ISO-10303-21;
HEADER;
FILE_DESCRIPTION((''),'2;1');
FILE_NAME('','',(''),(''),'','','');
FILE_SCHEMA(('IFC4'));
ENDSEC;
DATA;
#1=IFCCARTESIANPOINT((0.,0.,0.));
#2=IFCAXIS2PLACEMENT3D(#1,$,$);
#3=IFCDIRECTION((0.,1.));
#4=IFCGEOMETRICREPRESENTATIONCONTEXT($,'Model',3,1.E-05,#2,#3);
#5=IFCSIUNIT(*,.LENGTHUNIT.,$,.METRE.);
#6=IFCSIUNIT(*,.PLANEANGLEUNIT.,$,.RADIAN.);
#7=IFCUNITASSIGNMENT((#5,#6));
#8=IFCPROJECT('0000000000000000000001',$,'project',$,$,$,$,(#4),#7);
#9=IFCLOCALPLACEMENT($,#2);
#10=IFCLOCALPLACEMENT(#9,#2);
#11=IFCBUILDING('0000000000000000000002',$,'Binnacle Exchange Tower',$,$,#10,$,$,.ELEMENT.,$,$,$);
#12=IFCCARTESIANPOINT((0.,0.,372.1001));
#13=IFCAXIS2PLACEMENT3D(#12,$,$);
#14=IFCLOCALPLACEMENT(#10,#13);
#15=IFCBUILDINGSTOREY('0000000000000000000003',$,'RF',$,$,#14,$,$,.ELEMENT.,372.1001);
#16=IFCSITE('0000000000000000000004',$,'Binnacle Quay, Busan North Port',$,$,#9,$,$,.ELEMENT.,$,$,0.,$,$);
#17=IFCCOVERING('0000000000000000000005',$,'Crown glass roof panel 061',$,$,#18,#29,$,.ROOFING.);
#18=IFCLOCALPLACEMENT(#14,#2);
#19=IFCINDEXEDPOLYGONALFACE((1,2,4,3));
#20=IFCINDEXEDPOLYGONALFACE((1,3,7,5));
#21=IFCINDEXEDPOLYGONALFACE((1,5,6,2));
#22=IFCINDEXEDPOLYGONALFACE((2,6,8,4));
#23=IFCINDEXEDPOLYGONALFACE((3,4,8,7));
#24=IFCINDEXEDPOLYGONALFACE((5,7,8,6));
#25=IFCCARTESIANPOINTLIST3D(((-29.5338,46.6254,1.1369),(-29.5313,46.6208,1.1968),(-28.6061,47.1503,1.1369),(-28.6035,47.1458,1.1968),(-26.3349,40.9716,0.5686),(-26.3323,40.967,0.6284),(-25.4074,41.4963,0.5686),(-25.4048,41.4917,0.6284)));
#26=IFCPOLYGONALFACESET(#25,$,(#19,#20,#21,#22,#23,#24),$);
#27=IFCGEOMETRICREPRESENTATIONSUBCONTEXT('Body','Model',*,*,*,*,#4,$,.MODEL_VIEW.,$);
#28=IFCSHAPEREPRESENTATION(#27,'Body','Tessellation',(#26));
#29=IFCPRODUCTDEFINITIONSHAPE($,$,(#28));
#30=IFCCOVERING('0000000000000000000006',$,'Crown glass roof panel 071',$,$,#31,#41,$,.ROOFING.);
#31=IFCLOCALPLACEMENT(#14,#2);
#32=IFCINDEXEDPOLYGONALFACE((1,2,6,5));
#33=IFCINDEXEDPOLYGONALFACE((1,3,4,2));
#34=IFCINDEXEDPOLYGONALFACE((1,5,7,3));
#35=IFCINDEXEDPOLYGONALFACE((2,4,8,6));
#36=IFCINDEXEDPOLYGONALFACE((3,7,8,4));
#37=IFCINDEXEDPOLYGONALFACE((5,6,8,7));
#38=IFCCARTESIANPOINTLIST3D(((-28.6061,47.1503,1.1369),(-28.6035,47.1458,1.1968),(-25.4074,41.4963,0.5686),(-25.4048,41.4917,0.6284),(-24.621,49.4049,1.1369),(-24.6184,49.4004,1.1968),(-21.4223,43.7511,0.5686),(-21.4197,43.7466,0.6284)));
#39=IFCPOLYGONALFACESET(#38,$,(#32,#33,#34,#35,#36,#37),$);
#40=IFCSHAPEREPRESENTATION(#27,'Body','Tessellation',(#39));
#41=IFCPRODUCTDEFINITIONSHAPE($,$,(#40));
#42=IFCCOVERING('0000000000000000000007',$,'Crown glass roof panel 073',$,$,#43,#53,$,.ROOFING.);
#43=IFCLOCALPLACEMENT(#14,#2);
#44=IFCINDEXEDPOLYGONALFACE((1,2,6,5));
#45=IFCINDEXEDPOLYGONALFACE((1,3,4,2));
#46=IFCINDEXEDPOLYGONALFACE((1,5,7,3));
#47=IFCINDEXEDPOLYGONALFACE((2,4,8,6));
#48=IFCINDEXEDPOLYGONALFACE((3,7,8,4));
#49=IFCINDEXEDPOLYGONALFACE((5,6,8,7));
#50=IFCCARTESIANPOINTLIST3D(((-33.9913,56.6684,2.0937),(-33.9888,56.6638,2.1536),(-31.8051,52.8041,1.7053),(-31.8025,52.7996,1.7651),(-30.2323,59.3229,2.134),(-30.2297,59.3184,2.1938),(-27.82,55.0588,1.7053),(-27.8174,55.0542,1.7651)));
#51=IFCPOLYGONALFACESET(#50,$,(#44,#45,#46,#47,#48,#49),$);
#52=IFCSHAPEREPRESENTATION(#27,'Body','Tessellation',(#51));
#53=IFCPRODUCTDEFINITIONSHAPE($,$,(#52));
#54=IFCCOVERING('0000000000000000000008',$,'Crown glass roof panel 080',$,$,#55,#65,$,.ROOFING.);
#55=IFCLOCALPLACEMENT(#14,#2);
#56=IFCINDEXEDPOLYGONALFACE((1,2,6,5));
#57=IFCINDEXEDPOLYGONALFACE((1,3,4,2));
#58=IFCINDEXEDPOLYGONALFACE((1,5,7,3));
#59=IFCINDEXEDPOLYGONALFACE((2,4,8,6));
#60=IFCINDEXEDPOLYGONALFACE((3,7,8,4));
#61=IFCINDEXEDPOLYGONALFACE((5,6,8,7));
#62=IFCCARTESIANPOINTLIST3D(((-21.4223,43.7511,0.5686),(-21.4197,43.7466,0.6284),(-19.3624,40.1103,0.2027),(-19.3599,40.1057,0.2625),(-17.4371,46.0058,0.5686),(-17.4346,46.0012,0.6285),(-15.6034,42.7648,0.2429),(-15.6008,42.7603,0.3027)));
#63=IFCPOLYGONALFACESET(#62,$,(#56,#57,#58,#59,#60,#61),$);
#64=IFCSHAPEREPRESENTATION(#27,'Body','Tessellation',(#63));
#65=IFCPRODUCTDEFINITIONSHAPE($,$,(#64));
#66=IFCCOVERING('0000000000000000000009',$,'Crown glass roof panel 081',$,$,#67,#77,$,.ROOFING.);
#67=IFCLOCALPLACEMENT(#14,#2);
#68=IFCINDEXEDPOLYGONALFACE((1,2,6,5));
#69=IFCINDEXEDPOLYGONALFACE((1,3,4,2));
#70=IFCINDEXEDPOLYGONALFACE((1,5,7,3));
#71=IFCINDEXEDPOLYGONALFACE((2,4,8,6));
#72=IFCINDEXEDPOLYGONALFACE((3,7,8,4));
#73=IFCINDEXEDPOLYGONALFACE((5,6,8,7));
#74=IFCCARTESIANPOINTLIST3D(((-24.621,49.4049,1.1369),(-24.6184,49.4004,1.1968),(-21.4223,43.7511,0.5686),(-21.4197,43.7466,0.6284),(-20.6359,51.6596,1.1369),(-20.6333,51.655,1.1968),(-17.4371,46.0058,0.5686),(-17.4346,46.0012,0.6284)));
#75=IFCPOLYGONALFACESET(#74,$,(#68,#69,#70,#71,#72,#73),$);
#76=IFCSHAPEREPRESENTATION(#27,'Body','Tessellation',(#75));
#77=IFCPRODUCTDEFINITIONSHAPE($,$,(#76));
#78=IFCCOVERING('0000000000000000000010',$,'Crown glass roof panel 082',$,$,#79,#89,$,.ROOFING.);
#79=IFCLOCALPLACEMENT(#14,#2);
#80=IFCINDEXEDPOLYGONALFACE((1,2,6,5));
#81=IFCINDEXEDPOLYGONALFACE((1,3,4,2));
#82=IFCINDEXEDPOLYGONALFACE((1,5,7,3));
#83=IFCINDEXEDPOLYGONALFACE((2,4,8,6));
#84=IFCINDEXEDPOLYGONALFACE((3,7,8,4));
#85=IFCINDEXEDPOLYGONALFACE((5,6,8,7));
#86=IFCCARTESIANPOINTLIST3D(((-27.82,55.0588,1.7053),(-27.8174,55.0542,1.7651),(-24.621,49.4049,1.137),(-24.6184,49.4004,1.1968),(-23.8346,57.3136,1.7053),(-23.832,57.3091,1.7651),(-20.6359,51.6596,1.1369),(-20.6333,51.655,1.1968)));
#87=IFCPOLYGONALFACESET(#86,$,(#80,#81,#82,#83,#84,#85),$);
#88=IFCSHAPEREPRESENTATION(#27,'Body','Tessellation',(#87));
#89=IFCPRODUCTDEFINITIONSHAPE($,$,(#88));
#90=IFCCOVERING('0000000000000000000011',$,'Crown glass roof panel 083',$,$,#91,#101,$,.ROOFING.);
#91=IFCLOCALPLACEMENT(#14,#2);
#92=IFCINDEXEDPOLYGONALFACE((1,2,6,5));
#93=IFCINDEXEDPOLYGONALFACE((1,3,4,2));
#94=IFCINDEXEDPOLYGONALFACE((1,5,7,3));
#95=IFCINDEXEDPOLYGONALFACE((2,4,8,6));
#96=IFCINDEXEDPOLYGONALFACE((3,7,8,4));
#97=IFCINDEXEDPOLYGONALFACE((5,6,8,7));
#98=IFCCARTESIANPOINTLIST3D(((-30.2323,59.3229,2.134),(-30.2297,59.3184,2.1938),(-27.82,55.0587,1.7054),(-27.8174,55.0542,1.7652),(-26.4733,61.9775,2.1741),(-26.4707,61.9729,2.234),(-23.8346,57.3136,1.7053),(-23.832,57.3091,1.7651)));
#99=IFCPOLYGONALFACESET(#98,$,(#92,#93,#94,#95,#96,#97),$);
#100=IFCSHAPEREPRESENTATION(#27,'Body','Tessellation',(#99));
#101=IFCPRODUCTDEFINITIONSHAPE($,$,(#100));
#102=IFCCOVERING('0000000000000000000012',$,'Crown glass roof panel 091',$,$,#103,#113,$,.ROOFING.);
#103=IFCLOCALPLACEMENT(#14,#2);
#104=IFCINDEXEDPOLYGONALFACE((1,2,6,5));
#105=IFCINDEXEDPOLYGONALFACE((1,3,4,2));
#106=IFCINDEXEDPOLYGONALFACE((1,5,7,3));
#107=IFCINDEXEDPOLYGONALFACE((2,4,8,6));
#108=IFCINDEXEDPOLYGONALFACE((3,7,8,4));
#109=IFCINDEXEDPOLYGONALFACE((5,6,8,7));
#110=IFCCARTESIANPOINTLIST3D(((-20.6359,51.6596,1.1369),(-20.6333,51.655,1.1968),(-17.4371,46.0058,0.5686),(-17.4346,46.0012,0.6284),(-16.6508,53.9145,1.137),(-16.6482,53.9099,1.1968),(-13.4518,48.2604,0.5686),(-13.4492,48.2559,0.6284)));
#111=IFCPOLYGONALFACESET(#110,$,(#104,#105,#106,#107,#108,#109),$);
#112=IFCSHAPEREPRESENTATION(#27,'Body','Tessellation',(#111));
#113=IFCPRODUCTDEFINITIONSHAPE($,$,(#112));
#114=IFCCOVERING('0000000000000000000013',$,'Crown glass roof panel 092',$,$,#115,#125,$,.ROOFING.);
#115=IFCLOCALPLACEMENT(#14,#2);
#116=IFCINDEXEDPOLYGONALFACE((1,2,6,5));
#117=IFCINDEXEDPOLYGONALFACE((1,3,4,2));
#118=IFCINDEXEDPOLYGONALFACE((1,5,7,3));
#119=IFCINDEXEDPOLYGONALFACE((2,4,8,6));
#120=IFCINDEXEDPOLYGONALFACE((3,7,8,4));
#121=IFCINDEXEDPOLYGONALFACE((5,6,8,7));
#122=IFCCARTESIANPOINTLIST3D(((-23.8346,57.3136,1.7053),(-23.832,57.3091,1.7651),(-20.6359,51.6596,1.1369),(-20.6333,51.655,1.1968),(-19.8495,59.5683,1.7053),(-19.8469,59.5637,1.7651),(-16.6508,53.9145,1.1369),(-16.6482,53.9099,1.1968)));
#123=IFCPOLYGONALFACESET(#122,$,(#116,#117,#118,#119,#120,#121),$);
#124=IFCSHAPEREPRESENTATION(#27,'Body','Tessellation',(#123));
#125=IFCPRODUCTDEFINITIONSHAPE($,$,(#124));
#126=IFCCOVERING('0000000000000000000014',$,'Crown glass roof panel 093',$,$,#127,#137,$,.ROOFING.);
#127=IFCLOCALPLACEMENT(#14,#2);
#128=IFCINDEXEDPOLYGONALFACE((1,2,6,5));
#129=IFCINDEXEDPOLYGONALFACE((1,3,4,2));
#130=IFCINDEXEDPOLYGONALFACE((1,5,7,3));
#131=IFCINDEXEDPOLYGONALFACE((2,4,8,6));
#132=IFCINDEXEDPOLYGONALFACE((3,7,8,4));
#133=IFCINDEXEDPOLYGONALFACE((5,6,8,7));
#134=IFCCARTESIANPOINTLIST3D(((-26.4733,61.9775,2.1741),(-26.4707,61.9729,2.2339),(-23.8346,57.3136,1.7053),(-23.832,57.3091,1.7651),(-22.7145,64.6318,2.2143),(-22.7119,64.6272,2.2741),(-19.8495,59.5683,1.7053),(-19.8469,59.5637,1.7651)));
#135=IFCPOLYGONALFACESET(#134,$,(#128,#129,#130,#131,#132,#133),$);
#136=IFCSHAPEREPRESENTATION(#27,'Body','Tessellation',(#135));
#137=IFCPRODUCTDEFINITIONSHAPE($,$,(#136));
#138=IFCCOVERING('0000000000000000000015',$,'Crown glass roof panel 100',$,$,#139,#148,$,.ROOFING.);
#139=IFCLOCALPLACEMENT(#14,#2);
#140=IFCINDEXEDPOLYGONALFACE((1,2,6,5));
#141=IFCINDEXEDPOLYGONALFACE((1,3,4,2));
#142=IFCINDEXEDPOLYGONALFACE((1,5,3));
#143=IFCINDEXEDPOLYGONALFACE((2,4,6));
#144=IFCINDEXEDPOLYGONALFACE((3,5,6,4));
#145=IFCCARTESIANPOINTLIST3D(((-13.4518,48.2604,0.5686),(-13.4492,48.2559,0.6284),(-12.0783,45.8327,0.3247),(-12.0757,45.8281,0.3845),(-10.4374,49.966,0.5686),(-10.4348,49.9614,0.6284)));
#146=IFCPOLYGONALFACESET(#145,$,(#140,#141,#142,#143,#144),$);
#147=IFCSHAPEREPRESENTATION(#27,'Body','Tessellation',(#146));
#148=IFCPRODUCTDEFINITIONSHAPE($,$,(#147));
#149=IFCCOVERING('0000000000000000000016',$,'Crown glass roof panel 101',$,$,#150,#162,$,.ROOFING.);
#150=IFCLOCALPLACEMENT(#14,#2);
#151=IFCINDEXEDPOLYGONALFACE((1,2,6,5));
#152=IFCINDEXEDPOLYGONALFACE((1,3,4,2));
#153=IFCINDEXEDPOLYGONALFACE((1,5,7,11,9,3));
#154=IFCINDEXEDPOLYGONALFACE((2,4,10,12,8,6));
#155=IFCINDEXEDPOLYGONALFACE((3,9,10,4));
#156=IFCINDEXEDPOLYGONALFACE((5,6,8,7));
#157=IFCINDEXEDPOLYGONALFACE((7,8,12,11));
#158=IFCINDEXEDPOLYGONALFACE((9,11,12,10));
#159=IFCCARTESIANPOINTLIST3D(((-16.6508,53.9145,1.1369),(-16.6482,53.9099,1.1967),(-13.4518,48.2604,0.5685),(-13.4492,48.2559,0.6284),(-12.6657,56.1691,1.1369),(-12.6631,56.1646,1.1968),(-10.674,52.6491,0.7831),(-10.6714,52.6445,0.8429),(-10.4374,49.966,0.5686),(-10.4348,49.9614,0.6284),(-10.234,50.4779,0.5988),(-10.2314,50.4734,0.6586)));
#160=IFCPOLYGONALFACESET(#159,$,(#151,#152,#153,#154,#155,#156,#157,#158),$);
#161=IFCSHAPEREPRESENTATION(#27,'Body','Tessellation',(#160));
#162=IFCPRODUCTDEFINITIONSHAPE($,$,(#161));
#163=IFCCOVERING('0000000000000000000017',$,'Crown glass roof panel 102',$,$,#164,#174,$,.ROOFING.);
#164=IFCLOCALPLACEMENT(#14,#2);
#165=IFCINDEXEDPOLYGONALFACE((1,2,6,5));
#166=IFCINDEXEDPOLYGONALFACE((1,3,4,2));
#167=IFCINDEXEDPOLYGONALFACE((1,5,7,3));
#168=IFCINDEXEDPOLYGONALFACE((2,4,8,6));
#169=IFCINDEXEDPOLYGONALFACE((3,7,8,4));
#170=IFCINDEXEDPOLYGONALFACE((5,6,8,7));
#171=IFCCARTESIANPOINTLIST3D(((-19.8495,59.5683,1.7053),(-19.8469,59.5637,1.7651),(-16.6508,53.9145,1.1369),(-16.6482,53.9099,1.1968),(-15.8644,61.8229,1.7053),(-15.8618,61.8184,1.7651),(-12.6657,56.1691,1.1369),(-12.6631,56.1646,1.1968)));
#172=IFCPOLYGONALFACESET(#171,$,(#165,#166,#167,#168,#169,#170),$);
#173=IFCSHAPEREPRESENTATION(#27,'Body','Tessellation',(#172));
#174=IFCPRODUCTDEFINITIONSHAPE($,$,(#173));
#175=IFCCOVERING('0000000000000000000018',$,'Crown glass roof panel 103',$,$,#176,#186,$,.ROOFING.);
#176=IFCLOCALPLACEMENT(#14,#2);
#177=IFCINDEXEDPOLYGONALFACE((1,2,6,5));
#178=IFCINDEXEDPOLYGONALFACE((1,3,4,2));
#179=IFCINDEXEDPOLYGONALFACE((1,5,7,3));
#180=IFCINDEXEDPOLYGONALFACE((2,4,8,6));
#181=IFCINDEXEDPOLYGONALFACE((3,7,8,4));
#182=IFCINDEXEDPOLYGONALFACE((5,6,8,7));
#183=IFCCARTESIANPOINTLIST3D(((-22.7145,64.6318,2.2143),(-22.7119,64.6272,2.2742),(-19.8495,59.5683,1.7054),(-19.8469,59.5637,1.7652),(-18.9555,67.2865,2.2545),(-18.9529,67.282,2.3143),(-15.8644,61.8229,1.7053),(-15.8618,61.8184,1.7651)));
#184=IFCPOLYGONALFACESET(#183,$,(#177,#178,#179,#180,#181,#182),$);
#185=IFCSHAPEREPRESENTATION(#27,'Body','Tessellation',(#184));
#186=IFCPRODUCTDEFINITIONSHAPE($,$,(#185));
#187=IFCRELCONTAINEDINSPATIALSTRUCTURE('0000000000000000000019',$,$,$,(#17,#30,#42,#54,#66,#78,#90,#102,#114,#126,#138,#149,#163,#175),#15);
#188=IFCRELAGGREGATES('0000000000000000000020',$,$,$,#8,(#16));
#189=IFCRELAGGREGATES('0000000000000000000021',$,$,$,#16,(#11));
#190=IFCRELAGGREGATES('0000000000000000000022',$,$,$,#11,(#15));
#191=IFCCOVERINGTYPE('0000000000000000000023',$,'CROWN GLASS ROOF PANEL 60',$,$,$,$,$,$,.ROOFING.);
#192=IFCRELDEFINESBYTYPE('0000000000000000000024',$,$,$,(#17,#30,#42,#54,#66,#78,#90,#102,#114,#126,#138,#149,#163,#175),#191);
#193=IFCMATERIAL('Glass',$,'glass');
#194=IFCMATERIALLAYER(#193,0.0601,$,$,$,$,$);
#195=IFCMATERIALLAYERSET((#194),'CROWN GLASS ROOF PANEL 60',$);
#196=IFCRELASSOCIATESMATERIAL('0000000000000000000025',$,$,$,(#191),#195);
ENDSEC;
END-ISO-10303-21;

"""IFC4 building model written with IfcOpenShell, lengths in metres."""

from ifc_helpers import new_model, si_unit, direction, frame, origin, place, context, subcontext, project, spatial, polyline, outline, extrude, material, layer, layer_set, type_object, element, save


model = new_model("IFC4")

# Units and contexts
model_context = context("Model", 3, precision=1e-05, world=origin(), true_north=direction((0.0, 1.0)))
body_context = subcontext(model_context, "Body", "Model", "MODEL_VIEW")
ifc_project = project(units=[si_unit("LENGTHUNIT", "METRE"), si_unit("PLANEANGLEUNIT", "RADIAN")], contexts=[model_context])

# Site, building, storey
site_placement = place(None, origin())
site = spatial("IfcSite", under=ifc_project, at=site_placement, Name="Binnacle Quay, Busan North Port", CompositionType="ELEMENT", RefElevation=0.0)
building_placement = place(site_placement, origin())
building = spatial("IfcBuilding", under=site, at=building_placement, Name="Binnacle Exchange Tower", CompositionType="ELEMENT")
storey_placement = place(building_placement, frame((0.0, 0.0, 372.1001)))
storey = spatial("IfcBuildingStorey", under=building, at=storey_placement, Name="RF", CompositionType="ELEMENT", Elevation=372.1001)

# Coverings
ifc_material_1 = material(Name="Glass", Category="glass")
ifc_layer = layer(ifc_material_1, 0.0601)
ifc_layer_set = layer_set([ifc_layer], Name="CROWN GLASS ROOF PANEL 60")
covering_type = type_object("IfcCoveringType", Name="CROWN GLASS ROOF PANEL 60", PredefinedType="ROOFING", material=ifc_layer_set)
covering_1_placement = place(storey_placement, frame((-28.6035, 47.1458, 1.1968), z_axis=(0.042917, -0.075861, 0.996194), x_axis=(0.490529, -0.867055, -0.087159)))
element("IfcCovering", 1, at=covering_1_placement, inside=storey, type_object=covering_type, Name="Crown glass roof panel 061", PredefinedType="ROOFING", context=body_context, shape_type="SweptSolid", body=[
    extrude(outline(polyline([(0.0, 0.0), (6.521, 0.0), (6.5209, -1.0656), (0.0, -1.0659), (0.0, 0.0)])), origin(), (0.0, 0.0, -1.0), 0.0601),
])
covering_2_placement = place(storey_placement, frame((-28.6035, 47.1458, 1.1968), z_axis=(0.042921, -0.075859, 0.996194), x_axis=(0.870358, 0.492419, -0.000002)))
element("IfcCovering", 2, at=covering_2_placement, inside=storey, type_object=covering_type, Name="Crown glass roof panel 071", PredefinedType="ROOFING", context=body_context, shape_type="SweptSolid", body=[
    extrude(outline(polyline([(0.0, 0.0), (4.5787, 0.0), (4.5787, -6.5208), (-0.0001, -6.521), (0.0, 0.0)])), origin(), (0.0, 0.0, -1.0), 0.0601),
])
covering_3_placement = place(storey_placement, frame((-27.8174, 55.0542, 1.7651), z_axis=(0.042913, -0.075868, 0.996194), x_axis=(-0.870359, -0.492418, -0.00001)))
element("IfcCovering", 3, at=covering_3_placement, inside=storey, type_object=covering_type, Name="Crown glass roof panel 073", PredefinedType="ROOFING", context=body_context, shape_type="SweptSolid", body=[
    extrude(outline(polyline([(0.0, 0.0), (4.5787, 0.0), (4.5787, -4.4568), (-0.0001, -4.918), (0.0, 0.0)])), origin(), (0.0, 0.0, -1.0), 0.0601),
])
covering_4_placement = place(storey_placement, frame((-21.4197, 43.7466, 0.6284), z_axis=(0.042901, -0.075849, 0.996196), x_axis=(0.870359, 0.492418, 0.000011)))
element("IfcCovering", 4, at=covering_4_placement, inside=storey, type_object=covering_type, Name="Crown glass roof panel 080", PredefinedType="ROOFING", context=body_context, shape_type="SweptSolid", body=[
    extrude(outline(polyline([(0.0, 0.0), (4.5787, 0.0), (4.5788, -3.738), (-0.0001, -4.1991), (0.0, 0.0)])), origin(), (0.0, 0.0, -1.0), 0.0601),
])
covering_5_placement = place(storey_placement, frame((-24.6184, 49.4004, 1.1968), z_axis=(0.04292, -0.075862, 0.996194), x_axis=(0.870358, 0.492419, 0.0)))
element("IfcCovering", 5, at=covering_5_placement, inside=storey, type_object=covering_type, Name="Crown glass roof panel 081", PredefinedType="ROOFING", context=body_context, shape_type="SweptSolid", body=[
    extrude(outline(polyline([(0.0, 0.0), (4.5787, 0.0), (4.5787, -6.5208), (0.0, -6.5208), (0.0, 0.0)])), origin(), (0.0, 0.0, -1.0), 0.0601),
])
covering_6_placement = place(storey_placement, frame((-27.8174, 55.0542, 1.7651), z_axis=(0.04292, -0.075859, 0.996194), x_axis=(0.870348, 0.492437, 0.000001)))
element("IfcCovering", 6, at=covering_6_placement, inside=storey, type_object=covering_type, Name="Crown glass roof panel 082", PredefinedType="ROOFING", context=body_context, shape_type="SweptSolid", body=[
    extrude(outline(polyline([(0.0, 0.0), (4.579, 0.0), (4.5788, -6.521), (0.0001, -6.5209), (0.0, 0.0)])), origin(), (0.0, 0.0, -1.0), 0.0601),
])
covering_7_placement = place(storey_placement, frame((-23.832, 57.3091, 1.7651), z_axis=(0.042933, -0.07585, 0.996195), x_axis=(-0.870348, -0.492438, 0.000016)))
element("IfcCovering", 7, at=covering_7_placement, inside=storey, type_object=covering_type, Name="Crown glass roof panel 083", PredefinedType="ROOFING", context=body_context, shape_type="SweptSolid", body=[
    extrude(outline(polyline([(0.0, 0.0), (4.579, 0.0), (4.5788, -4.918), (-0.0001, -5.379), (0.0, 0.0)])), origin(), (0.0, 0.0, -1.0), 0.0601),
])
covering_8_placement = place(storey_placement, frame((-20.6333, 51.655, 1.1968), z_axis=(0.04292, -0.075859, 0.996194), x_axis=(0.870335, 0.492459, 0.000003)))
element("IfcCovering", 8, at=covering_8_placement, inside=storey, type_object=covering_type, Name="Crown glass roof panel 091", PredefinedType="ROOFING", context=body_context, shape_type="SweptSolid", body=[
    extrude(outline(polyline([(0.0, 0.0), (4.5788, 0.0), (4.5786, -6.5211), (-0.0003, -6.5208), (0.0, 0.0)])), origin(), (0.0, 0.0, -1.0), 0.0601),
])
covering_9_placement = place(storey_placement, frame((-23.832, 57.3091, 1.7651), z_axis=(0.042921, -0.075859, 0.996194), x_axis=(0.870358, 0.492419, -0.000002)))
element("IfcCovering", 9, at=covering_9_placement, inside=storey, type_object=covering_type, Name="Crown glass roof panel 092", PredefinedType="ROOFING", context=body_context, shape_type="SweptSolid", body=[
    extrude(outline(polyline([(0.0, 0.0), (4.5787, 0.0), (4.5787, -6.5208), (-0.0001, -6.521), (0.0, 0.0)])), origin(), (0.0, 0.0, -1.0), 0.0601),
])
covering_10_placement = place(storey_placement, frame((-19.8469, 59.5637, 1.7651), z_axis=(0.042907, -0.075861, 0.996195), x_axis=(-0.870359, -0.492418, -0.000011)))
element("IfcCovering", 10, at=covering_10_placement, inside=storey, type_object=covering_type, Name="Crown glass roof panel 093", PredefinedType="ROOFING", context=body_context, shape_type="SweptSolid", body=[
    extrude(outline(polyline([(0.0, 0.0), (4.5787, 0.0), (4.5787, -5.379), (0.0002, -5.84), (0.0, 0.0)])), origin(), (0.0, 0.0, -1.0), 0.0601),
])
covering_11_placement = place(storey_placement, frame((-13.4492, 48.2559, 0.6284), z_axis=(0.042895, -0.075812, 0.996199), x_axis=(0.870344, 0.492445, 0.0)))
element("IfcCovering", 11, at=covering_11_placement, inside=storey, type_object=covering_type, Name="Crown glass roof panel 100", PredefinedType="ROOFING", context=body_context, shape_type="SweptSolid", body=[
    extrude(outline(polyline([(0.0, 0.0), (3.4635, 0.0), (-0.0001, -2.8), (0.0, 0.0)])), origin(), (0.0, 0.0, -1.0), 0.0601),
])
covering_12_placement = place(storey_placement, frame((-10.4348, 49.9614, 0.6284), z_axis=(0.042908, -0.075862, 0.996195), x_axis=(-0.870344, -0.492444, -0.000014)))
element("IfcCovering", 12, at=covering_12_placement, inside=storey, type_object=covering_type, Name="Crown glass roof panel 101", PredefinedType="ROOFING", context=body_context, shape_type="SweptSolid", body=[
    extrude(outline(polyline([(0.0, 0.0), (3.4635, 0.0), (3.4634, -6.5211), (-1.1153, -6.521), (-1.1154, -2.4611), (-0.4291, -0.3468), (0.0, 0.0)])), origin(), (0.0, 0.0, -1.0), 0.0601),
])
covering_13_placement = place(storey_placement, frame((-19.8469, 59.5637, 1.7651), z_axis=(0.04292, -0.075862, 0.996194), x_axis=(0.870358, 0.492419, 0.0)))
element("IfcCovering", 13, at=covering_13_placement, inside=storey, type_object=covering_type, Name="Crown glass roof panel 102", PredefinedType="ROOFING", context=body_context, shape_type="SweptSolid", body=[
    extrude(outline(polyline([(0.0, 0.0), (4.5787, 0.0), (4.5787, -6.5208), (0.0, -6.5208), (0.0, 0.0)])), origin(), (0.0, 0.0, -1.0), 0.0601),
])
covering_14_placement = place(storey_placement, frame((-15.8618, 61.8184, 1.7651), z_axis=(0.042929, -0.075841, 0.996195), x_axis=(-0.870357, -0.492421, 0.000018)))
element("IfcCovering", 14, at=covering_14_placement, inside=storey, type_object=covering_type, Name="Crown glass roof panel 103", PredefinedType="ROOFING", context=body_context, shape_type="SweptSolid", body=[
    extrude(outline(polyline([(0.0, 0.0), (4.5787, 0.0), (4.5789, -5.84), (-0.0001, -6.3014), (0.0, 0.0)])), origin(), (0.0, 0.0, -1.0), 0.0601),
])

save(model, "model.ifc")
